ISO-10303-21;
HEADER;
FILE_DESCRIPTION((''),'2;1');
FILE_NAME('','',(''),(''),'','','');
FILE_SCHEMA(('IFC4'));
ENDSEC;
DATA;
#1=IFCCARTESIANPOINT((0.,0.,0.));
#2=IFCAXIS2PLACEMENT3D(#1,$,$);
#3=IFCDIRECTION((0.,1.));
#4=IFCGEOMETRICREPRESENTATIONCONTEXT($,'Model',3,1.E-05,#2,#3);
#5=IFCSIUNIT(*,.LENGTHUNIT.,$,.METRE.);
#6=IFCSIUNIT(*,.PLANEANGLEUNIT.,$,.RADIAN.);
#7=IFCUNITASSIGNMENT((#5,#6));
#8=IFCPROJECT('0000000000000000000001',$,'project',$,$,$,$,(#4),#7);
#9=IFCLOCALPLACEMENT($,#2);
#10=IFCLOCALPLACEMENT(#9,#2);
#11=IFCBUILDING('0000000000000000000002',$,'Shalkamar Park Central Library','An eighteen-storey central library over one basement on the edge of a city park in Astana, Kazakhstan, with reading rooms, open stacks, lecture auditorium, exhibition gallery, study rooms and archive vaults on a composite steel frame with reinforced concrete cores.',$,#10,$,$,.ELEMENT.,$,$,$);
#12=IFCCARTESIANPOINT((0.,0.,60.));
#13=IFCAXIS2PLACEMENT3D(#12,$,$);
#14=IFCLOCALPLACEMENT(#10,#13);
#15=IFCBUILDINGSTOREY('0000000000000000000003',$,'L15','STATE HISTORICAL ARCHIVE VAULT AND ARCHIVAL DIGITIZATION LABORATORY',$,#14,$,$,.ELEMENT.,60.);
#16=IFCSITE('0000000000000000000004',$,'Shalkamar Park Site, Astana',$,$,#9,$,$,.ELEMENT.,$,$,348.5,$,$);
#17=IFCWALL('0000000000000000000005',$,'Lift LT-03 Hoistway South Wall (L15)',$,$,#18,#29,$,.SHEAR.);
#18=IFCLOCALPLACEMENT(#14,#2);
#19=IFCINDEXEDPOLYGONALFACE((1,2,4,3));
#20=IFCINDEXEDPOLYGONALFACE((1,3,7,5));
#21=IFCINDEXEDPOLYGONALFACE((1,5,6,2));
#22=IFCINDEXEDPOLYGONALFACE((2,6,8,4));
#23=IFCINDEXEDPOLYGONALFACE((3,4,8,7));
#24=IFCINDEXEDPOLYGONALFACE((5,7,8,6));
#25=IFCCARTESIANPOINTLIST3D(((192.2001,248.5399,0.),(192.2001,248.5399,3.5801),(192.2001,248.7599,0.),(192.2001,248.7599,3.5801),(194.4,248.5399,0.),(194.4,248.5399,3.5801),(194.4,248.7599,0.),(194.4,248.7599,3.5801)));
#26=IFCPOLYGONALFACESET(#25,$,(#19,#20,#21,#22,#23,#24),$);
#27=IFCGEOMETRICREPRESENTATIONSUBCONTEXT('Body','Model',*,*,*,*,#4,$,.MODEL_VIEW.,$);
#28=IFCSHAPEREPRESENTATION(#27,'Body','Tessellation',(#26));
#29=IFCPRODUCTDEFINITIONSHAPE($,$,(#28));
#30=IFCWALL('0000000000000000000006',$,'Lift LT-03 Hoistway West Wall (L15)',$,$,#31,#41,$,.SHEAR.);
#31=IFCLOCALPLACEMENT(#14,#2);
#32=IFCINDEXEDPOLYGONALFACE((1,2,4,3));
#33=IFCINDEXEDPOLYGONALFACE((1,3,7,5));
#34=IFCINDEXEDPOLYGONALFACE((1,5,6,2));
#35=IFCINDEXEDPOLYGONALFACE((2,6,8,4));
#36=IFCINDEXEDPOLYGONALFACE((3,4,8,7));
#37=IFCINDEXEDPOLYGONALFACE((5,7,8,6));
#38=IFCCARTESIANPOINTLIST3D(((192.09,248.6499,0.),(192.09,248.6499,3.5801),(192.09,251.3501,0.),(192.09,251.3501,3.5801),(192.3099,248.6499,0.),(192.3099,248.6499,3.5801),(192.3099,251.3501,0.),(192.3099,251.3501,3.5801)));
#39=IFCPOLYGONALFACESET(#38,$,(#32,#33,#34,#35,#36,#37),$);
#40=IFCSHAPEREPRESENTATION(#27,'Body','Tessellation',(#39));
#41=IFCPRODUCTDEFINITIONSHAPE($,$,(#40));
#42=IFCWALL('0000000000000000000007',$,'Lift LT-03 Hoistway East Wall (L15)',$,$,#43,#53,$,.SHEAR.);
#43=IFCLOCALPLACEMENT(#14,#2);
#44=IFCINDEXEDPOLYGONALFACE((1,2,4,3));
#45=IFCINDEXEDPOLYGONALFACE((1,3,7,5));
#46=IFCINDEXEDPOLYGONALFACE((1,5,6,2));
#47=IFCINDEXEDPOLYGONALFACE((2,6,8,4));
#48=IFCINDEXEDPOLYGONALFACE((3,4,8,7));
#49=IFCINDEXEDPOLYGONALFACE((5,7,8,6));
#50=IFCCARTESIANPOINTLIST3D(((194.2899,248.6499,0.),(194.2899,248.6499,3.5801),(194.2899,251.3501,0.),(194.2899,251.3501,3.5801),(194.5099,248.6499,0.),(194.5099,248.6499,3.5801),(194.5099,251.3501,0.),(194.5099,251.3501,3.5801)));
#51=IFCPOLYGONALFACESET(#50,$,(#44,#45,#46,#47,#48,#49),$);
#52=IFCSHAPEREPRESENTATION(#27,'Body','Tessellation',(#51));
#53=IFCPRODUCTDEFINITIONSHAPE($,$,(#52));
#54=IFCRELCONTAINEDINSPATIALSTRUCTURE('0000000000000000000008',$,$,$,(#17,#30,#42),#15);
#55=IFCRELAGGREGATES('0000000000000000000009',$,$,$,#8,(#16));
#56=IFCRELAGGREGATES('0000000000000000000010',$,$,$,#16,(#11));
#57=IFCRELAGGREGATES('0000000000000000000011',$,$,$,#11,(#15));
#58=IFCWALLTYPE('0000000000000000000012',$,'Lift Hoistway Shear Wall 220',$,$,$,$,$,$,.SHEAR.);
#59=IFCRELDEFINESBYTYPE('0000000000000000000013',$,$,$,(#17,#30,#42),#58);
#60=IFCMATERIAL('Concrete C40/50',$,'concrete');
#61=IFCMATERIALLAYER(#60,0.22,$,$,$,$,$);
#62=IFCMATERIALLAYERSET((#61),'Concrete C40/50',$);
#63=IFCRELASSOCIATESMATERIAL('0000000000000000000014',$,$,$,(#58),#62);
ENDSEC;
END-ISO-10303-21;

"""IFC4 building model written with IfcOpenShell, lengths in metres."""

from ifc_helpers import new_model, si_unit, direction, frame, frame_2d, origin, place, context, subcontext, project, spatial, rectangle, extrude, material, layer, layer_set, type_object, element, save


model = new_model("IFC4")

# Units and contexts
model_context = context("Model", 3, precision=1e-05, world=origin(), true_north=direction((0.0, 1.0)))
body_context = subcontext(model_context, "Body", "Model", "MODEL_VIEW")
ifc_project = project(units=[si_unit("LENGTHUNIT", "METRE"), si_unit("PLANEANGLEUNIT", "RADIAN")], contexts=[model_context])

# Site, building, storey
site_placement = place(None, origin())
site = spatial("IfcSite", under=ifc_project, at=site_placement, Name="Shalkamar Park Site, Astana", CompositionType="ELEMENT", RefElevation=348.5)
building_placement = place(site_placement, origin())
building = spatial("IfcBuilding", under=site, at=building_placement, Name="Shalkamar Park Central Library", Description="An eighteen-storey central library over one basement on the edge of a city park in Astana, Kazakhstan, with reading rooms, open stacks, lecture auditorium, exhibition gallery, study rooms and archive vaults on a composite steel frame with reinforced concrete cores.", CompositionType="ELEMENT")
storey_placement = place(building_placement, frame((0.0, 0.0, 60.0)))
storey = spatial("IfcBuildingStorey", under=building, at=storey_placement, Name="L15", Description="STATE HISTORICAL ARCHIVE VAULT AND ARCHIVAL DIGITIZATION LABORATORY", CompositionType="ELEMENT", Elevation=60.0)

# Shared definitions
ifc_material_1 = material(Name="Concrete C40/50", Category="concrete")
ifc_layer_1 = layer(ifc_material_1, 0.22)
ifc_layer_set_1 = layer_set([ifc_layer_1], Name="Concrete C40/50")
wall_type_1 = type_object("IfcWallType", Name="Lift Hoistway Shear Wall 220", PredefinedType="SHEAR", material=ifc_layer_set_1)

# Walls
wall_1_placement = place(storey_placement, frame((192.2, 248.6499, 0.0), z_axis=(0.0, 0.0, 1.0), x_axis=(1.0, 0.0, 0.0)))
element("IfcWall", 1, at=wall_1_placement, inside=storey, type_object=wall_type_1, Name="Lift LT-03 Hoistway South Wall (L15)", PredefinedType="SHEAR", context=body_context, shape_type="SweptSolid", body=[
    extrude(rectangle(XDim=2.2, YDim=0.22, at=frame_2d((1.1001, 0.0))), origin(), (0.0, 0.0, 1.0), 3.5801),
])
for number, where, z_axis, x_axis, name in (
    (2, (192.2, 248.6499, 0.0), (0.0, 0.0, 1.0), (0.0, 1.0, 0.0), "Lift LT-03 Hoistway West Wall (L15)"),
    (3, (194.3999, 248.6499, 0.0), (0.0, 0.0, 1.0), (0.0, 1.0, 0.0), "Lift LT-03 Hoistway East Wall (L15)"),
):
    element("IfcWall", number, at=place(storey_placement, frame(where, z_axis=z_axis, x_axis=x_axis)), inside=storey, type_object=wall_type_1, Name=name, PredefinedType="SHEAR", context=body_context, shape_type="SweptSolid", body=[
        extrude(rectangle(XDim=2.7002, YDim=0.22, at=frame_2d((1.3501, 0.0))), origin(), (0.0, 0.0, 1.0), 3.5801),
    ])

save(model, "model.ifc")
